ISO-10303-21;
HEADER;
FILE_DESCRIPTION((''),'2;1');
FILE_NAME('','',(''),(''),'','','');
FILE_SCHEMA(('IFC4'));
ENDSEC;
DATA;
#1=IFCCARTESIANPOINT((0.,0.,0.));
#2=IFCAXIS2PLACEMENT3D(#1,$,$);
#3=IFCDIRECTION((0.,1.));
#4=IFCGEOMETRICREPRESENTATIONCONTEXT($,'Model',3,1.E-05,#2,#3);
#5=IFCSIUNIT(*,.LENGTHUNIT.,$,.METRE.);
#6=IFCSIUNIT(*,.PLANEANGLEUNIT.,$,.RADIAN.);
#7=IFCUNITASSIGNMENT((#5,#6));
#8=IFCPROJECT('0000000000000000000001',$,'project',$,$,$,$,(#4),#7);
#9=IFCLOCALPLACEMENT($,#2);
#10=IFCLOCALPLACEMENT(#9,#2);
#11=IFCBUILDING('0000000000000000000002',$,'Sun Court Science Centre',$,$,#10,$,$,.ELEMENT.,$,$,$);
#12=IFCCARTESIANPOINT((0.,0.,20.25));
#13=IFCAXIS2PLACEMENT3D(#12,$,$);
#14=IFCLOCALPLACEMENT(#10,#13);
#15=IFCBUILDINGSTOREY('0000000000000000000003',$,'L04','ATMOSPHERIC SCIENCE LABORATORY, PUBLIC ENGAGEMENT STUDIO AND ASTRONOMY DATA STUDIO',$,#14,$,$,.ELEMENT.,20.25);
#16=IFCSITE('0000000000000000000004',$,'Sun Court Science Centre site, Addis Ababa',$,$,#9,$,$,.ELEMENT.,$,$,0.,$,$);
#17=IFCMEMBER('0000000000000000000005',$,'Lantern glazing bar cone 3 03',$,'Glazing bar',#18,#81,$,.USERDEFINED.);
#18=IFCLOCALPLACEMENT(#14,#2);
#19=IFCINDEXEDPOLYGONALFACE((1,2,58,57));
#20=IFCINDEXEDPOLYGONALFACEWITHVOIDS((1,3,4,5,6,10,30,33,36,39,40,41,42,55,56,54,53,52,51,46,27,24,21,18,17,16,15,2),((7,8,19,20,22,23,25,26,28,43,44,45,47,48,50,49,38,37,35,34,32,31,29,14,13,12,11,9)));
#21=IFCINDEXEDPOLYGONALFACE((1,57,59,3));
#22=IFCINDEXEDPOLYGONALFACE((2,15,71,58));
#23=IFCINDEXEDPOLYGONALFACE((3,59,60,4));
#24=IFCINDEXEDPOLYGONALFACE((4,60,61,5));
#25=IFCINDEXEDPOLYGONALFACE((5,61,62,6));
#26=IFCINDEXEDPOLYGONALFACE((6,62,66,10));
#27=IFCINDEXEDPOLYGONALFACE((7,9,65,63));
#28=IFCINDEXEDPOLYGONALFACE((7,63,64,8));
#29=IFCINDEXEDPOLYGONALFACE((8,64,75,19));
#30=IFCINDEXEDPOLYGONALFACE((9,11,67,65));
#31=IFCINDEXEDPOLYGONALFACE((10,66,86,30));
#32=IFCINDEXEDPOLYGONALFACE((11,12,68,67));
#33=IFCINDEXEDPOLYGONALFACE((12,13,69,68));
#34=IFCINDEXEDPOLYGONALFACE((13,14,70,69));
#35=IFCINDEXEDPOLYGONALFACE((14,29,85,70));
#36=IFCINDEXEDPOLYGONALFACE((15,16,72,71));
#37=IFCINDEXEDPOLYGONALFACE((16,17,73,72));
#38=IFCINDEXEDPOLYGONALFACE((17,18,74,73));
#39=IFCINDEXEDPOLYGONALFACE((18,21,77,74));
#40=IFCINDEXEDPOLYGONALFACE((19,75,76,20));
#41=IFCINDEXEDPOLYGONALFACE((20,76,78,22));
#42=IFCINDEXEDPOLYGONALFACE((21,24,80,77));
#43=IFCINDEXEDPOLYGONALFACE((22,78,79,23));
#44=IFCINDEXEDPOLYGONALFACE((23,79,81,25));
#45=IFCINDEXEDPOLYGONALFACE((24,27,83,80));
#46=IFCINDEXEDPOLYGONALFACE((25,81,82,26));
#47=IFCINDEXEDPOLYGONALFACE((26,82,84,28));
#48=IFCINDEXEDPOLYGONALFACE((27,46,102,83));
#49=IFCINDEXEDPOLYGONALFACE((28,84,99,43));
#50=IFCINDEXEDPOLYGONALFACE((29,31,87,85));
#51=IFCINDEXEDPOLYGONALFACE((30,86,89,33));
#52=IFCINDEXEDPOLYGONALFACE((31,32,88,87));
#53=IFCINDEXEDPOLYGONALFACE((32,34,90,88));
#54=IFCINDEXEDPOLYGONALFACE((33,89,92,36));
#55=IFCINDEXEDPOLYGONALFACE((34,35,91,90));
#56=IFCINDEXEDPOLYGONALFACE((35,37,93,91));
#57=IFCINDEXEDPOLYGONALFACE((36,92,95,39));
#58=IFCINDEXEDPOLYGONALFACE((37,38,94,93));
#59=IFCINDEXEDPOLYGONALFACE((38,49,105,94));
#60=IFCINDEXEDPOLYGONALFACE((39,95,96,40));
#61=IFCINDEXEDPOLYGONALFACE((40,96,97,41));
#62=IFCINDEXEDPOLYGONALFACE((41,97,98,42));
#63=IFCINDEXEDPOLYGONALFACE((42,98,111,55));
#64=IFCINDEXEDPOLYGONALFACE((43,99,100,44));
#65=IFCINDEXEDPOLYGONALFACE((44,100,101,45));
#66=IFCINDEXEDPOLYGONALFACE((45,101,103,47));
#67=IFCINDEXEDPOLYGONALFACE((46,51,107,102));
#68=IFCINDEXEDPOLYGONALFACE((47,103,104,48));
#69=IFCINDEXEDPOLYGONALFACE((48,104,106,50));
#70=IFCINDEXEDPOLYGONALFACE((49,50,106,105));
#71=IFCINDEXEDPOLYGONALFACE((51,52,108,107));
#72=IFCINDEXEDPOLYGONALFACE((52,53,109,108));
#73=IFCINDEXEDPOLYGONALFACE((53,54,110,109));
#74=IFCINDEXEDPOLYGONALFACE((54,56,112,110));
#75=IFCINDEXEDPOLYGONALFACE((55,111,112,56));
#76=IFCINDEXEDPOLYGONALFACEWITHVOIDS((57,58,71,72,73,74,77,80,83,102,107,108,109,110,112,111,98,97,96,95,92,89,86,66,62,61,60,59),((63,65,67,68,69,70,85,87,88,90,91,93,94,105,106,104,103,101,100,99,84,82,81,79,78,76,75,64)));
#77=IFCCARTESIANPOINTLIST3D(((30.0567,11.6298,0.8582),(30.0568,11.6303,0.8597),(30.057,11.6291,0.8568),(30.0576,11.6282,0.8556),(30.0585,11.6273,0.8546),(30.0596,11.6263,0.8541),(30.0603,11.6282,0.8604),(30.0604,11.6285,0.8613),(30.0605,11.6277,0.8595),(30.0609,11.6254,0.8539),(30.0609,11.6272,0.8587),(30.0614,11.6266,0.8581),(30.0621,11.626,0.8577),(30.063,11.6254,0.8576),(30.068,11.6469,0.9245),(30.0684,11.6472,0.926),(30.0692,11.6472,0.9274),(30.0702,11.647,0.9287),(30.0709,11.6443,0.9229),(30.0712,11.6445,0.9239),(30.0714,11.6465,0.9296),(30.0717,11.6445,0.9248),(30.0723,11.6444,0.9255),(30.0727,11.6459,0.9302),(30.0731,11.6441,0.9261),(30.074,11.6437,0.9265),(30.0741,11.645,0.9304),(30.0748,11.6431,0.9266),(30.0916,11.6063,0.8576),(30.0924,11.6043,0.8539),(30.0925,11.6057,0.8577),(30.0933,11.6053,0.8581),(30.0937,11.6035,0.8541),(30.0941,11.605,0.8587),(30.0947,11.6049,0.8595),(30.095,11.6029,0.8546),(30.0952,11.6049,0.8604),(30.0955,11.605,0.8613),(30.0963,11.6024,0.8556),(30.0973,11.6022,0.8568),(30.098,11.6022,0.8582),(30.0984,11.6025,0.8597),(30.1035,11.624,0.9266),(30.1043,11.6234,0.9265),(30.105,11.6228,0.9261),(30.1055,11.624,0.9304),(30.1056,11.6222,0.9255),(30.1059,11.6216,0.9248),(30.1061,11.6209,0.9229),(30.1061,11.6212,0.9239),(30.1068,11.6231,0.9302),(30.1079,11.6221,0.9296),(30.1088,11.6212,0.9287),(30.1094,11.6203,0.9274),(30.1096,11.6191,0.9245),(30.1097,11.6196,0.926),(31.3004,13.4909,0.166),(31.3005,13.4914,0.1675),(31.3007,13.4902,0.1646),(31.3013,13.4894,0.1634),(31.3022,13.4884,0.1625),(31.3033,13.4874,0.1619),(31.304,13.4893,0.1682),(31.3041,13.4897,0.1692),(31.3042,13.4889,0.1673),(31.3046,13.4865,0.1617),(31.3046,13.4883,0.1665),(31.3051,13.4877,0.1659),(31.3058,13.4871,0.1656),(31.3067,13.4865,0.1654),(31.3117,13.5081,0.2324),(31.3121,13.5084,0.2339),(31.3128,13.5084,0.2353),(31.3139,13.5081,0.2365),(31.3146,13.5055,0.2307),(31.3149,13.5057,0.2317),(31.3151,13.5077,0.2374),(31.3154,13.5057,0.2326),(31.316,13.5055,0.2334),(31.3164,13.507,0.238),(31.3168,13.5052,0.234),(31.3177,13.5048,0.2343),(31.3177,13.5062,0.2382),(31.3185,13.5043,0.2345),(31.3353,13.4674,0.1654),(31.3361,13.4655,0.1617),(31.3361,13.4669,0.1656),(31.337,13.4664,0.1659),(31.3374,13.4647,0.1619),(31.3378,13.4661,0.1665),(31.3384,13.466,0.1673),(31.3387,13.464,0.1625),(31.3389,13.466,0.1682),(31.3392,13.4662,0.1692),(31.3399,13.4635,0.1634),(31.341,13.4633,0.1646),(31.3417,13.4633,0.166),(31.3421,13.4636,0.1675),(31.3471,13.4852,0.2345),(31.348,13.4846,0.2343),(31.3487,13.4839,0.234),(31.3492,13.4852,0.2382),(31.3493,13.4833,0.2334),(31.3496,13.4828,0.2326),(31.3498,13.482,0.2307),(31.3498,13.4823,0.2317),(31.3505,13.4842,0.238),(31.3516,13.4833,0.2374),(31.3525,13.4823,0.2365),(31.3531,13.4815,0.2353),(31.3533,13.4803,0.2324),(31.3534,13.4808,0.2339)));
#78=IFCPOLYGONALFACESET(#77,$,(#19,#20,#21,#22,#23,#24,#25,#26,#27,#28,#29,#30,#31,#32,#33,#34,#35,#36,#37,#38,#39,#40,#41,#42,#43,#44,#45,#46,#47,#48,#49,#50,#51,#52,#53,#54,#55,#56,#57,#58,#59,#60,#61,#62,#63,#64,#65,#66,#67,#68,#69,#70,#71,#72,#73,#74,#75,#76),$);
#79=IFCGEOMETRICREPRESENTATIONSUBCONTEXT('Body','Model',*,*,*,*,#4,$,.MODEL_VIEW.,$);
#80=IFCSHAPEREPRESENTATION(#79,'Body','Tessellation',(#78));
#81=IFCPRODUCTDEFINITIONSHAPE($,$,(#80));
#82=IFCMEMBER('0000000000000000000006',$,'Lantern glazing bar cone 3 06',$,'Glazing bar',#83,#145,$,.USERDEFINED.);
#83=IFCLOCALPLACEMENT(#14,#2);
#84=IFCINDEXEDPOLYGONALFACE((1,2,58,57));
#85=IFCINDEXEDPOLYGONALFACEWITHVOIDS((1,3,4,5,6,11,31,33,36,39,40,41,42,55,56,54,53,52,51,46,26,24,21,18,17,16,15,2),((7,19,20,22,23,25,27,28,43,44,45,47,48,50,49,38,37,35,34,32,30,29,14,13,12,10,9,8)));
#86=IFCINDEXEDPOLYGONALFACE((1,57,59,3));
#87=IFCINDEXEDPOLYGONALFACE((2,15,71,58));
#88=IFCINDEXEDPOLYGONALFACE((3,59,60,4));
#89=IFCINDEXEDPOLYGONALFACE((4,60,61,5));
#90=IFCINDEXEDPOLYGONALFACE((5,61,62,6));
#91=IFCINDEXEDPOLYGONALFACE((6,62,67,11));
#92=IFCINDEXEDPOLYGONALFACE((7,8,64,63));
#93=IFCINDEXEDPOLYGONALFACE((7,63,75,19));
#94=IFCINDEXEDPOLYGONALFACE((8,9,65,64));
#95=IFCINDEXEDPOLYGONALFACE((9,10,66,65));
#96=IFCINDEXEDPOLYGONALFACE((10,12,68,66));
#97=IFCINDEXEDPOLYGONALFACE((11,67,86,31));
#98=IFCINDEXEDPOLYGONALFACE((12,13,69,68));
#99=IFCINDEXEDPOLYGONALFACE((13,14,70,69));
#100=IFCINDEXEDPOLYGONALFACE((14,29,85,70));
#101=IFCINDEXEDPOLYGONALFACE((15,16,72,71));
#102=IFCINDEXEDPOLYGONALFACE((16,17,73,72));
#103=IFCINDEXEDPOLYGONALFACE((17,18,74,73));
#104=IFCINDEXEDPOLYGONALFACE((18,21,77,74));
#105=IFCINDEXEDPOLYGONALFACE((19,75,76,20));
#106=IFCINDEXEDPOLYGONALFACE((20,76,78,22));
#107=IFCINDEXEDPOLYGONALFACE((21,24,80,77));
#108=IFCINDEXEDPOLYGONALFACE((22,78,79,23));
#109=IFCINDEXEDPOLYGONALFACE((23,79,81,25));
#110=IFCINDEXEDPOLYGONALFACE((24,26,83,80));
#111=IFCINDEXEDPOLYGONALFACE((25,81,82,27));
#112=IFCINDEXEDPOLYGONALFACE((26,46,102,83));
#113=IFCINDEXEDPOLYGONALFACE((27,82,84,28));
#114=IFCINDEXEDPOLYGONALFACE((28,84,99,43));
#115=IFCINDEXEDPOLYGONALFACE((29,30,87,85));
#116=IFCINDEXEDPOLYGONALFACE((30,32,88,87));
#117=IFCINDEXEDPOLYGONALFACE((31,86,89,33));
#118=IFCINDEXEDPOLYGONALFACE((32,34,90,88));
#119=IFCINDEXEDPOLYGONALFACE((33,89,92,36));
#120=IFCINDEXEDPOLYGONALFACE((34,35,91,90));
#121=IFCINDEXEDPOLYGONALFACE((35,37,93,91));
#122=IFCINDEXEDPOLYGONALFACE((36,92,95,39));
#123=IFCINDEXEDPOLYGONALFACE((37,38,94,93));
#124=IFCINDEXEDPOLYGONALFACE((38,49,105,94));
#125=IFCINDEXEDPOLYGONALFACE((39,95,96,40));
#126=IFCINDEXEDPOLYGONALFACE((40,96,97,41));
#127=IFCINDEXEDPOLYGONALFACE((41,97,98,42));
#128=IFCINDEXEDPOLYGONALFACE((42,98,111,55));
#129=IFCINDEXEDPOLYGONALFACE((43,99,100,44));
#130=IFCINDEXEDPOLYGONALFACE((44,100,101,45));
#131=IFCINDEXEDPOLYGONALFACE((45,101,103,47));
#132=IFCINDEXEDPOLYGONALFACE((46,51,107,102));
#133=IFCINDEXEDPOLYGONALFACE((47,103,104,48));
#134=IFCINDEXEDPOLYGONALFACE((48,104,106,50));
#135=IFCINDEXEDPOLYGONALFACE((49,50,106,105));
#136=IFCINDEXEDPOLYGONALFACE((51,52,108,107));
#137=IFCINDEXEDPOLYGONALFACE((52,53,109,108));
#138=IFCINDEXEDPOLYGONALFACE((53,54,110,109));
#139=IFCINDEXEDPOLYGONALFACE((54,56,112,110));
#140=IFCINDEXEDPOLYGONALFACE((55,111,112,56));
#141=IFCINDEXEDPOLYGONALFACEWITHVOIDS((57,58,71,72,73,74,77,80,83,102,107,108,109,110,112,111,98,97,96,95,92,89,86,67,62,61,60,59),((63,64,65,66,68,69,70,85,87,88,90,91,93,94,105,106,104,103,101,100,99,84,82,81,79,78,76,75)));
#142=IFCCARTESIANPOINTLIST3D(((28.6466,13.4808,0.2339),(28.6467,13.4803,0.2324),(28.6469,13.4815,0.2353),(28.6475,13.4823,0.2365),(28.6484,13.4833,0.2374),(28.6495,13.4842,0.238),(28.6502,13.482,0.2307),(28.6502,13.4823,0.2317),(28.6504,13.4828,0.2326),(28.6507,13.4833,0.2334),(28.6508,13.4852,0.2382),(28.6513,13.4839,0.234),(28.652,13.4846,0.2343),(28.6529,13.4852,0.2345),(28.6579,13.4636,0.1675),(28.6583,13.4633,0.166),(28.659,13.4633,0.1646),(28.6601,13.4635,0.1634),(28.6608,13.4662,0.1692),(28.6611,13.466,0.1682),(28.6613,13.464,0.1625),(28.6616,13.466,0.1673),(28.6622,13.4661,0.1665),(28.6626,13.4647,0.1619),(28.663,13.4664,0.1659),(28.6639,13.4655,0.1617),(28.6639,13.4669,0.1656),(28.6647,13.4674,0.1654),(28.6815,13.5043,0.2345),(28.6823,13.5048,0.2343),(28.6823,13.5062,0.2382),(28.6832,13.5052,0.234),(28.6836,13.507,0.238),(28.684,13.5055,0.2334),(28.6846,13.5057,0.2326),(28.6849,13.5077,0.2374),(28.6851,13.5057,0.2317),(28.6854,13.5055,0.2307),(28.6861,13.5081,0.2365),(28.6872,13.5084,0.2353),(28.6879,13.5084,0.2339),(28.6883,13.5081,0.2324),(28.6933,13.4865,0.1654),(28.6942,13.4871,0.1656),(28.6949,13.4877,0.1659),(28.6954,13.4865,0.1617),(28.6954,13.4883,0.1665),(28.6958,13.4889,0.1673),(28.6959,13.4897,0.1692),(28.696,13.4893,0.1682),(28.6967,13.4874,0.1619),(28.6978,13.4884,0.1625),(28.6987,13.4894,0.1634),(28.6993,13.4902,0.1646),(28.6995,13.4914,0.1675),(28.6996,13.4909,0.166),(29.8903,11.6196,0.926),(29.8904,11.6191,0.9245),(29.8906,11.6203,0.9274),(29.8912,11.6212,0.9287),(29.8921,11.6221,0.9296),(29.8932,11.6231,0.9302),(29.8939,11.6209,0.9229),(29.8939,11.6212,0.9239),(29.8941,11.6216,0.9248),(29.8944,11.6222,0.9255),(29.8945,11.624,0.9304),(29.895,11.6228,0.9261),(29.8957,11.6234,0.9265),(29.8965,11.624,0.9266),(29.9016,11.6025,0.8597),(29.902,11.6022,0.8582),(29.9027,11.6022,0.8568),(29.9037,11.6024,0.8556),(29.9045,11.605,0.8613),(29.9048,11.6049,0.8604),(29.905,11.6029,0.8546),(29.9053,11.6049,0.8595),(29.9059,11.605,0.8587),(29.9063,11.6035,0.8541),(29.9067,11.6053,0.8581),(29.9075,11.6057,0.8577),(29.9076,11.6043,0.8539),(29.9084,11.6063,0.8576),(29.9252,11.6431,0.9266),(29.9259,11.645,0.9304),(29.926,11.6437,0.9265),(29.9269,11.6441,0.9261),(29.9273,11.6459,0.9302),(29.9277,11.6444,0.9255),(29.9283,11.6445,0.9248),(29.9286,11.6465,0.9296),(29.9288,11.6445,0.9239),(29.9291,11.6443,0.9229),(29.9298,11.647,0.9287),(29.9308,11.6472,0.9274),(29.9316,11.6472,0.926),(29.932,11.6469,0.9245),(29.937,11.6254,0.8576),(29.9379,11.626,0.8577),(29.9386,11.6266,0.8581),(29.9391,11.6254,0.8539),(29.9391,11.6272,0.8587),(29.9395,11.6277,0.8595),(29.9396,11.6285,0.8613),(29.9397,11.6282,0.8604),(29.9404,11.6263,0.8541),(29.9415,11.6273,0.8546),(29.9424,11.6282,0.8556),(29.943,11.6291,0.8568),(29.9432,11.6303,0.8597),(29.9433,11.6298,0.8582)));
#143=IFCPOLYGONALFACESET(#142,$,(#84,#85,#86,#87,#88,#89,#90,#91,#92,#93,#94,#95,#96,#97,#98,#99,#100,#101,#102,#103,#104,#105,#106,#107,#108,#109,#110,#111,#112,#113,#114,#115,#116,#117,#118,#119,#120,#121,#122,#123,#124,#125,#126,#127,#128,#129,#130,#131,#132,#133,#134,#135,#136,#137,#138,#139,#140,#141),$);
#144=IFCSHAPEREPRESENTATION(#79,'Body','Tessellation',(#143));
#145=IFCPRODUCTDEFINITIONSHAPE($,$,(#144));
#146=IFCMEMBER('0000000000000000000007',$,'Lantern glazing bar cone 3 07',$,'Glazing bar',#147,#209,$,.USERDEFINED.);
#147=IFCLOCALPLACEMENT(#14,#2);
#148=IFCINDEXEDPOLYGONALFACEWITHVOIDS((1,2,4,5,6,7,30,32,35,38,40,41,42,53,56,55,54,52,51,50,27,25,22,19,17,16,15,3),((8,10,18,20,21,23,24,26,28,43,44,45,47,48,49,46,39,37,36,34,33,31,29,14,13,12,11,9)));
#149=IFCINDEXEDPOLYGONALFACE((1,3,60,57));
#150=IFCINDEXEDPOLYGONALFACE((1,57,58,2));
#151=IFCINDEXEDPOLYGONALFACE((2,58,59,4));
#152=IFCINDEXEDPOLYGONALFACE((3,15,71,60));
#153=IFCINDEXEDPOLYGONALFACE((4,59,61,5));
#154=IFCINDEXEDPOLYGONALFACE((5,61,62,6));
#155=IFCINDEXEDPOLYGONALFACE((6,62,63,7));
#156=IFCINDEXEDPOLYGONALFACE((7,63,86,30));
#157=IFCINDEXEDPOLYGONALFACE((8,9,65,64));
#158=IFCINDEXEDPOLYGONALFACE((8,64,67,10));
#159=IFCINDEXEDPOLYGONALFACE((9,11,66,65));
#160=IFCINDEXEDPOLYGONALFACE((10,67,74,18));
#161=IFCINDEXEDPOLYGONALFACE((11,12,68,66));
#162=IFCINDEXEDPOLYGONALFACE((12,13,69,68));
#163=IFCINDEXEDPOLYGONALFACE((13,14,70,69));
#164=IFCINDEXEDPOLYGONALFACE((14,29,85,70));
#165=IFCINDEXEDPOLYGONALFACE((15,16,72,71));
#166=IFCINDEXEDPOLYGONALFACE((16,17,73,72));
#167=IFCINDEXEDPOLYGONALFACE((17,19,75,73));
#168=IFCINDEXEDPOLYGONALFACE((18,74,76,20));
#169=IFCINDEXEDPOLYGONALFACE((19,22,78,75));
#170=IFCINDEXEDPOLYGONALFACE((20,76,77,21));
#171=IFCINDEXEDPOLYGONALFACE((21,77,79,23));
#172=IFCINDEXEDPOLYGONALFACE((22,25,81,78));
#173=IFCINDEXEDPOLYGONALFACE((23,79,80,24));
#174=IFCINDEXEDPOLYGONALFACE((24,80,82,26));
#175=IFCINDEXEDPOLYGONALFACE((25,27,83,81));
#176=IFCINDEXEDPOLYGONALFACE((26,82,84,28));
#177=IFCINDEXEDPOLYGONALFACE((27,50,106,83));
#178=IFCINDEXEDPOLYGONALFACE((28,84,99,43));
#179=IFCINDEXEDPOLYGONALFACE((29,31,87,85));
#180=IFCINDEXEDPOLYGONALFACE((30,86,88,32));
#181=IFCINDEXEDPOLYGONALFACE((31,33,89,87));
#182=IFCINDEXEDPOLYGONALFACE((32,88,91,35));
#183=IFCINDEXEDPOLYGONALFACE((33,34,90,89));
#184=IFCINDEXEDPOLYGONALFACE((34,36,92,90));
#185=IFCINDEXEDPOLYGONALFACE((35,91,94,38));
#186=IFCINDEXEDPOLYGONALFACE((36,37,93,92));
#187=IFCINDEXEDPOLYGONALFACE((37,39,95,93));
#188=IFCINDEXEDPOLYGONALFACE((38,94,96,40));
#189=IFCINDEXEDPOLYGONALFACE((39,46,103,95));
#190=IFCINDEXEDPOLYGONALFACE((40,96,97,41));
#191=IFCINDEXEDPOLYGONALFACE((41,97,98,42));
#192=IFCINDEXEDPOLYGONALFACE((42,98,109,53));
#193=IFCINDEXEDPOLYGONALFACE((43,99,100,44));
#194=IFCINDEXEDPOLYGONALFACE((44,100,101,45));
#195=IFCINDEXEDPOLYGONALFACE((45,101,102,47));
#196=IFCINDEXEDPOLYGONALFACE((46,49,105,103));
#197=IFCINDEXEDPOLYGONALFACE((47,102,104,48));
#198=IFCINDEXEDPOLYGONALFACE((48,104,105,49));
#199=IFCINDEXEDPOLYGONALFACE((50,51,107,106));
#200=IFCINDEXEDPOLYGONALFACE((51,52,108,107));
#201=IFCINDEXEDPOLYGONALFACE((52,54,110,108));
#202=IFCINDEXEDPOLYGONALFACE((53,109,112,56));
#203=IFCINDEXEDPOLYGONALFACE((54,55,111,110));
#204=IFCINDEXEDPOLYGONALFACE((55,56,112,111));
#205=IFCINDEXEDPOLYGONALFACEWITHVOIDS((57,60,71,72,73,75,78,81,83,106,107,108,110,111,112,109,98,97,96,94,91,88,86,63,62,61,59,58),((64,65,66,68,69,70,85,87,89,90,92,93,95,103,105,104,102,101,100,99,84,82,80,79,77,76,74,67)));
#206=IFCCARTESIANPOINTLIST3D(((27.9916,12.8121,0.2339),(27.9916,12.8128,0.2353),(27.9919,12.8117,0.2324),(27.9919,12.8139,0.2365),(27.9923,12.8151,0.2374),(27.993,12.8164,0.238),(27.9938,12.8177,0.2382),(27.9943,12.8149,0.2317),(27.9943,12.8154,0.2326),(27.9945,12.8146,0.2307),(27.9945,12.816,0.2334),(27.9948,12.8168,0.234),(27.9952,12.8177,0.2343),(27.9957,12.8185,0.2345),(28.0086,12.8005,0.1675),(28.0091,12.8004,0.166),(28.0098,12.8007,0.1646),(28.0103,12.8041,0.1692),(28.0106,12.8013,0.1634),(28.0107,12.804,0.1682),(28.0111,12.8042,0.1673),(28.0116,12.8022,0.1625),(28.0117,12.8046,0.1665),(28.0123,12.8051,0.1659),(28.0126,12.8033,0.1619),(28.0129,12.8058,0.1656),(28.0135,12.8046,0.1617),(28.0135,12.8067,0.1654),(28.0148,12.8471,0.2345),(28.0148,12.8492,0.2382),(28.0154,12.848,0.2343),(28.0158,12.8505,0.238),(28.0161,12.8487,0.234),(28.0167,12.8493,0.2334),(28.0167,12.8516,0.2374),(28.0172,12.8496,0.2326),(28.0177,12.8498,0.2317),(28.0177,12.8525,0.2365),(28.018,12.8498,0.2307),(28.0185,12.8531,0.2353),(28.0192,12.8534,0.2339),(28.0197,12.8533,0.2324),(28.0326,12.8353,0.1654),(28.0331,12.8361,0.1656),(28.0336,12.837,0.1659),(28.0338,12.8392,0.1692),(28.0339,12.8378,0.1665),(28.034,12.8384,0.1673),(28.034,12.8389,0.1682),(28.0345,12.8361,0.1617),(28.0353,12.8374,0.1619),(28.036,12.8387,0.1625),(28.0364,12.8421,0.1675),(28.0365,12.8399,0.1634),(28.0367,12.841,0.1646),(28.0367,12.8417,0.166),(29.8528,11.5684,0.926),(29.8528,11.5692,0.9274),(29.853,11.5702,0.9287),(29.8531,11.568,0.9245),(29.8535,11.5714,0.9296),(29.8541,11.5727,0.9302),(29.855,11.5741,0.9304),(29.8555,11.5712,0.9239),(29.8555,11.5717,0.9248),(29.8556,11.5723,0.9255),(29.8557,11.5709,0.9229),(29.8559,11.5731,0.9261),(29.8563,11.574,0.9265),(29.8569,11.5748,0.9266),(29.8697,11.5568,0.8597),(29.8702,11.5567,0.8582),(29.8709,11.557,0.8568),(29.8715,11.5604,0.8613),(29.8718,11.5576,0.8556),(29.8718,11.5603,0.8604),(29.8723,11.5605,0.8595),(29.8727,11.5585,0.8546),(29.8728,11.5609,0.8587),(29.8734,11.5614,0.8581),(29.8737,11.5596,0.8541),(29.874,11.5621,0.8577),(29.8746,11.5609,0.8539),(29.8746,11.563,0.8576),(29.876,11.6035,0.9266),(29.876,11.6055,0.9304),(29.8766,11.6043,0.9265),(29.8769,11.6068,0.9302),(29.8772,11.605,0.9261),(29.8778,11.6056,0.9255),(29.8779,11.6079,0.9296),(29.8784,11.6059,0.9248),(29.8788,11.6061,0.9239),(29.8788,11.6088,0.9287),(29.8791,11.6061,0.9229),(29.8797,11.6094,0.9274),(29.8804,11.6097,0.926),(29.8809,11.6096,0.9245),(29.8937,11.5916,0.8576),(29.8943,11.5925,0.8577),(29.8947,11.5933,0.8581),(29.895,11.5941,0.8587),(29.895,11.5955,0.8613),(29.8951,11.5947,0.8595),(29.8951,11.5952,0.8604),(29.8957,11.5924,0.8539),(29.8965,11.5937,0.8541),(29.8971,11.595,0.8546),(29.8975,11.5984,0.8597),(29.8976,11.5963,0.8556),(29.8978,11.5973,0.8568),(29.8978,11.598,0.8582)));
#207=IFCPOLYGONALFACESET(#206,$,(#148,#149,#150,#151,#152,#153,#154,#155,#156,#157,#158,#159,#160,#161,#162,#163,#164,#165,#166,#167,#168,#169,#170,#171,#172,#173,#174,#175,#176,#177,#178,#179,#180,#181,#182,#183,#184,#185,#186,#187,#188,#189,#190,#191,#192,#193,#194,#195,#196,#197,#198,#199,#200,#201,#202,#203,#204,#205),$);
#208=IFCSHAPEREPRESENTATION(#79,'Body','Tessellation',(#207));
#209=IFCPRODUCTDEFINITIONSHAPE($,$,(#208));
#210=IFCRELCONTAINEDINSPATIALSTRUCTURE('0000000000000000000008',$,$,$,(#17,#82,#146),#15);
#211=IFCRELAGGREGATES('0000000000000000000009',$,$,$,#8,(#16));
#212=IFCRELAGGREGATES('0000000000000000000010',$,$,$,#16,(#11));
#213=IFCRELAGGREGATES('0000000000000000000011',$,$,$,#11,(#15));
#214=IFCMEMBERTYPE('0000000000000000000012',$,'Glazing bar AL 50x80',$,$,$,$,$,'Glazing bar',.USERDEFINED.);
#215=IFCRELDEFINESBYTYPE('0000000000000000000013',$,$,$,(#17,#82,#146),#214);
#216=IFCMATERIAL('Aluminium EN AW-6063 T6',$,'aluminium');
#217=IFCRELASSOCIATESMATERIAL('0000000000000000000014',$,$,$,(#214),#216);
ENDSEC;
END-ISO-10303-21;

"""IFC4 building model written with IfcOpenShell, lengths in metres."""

from ifc_helpers import new_model, si_unit, direction, frame, origin, origin_2d, place, context, subcontext, project, spatial, hollow_rectangle, extrude, material, material_profile, profile_set, type_object, element, save


model = new_model("IFC4")

# Units and contexts
model_context = context("Model", 3, precision=1e-05, world=origin(), true_north=direction((0.0, 1.0)))
body_context = subcontext(model_context, "Body", "Model", "MODEL_VIEW")
ifc_project = project(units=[si_unit("LENGTHUNIT", "METRE"), si_unit("PLANEANGLEUNIT", "RADIAN")], contexts=[model_context])

# Site, building, storey
site_placement = place(None, origin())
site = spatial("IfcSite", under=ifc_project, at=site_placement, Name="Sun Court Science Centre site, Addis Ababa", CompositionType="ELEMENT", RefElevation=0.0)
building_placement = place(site_placement, origin())
building = spatial("IfcBuilding", under=site, at=building_placement, Name="Sun Court Science Centre", CompositionType="ELEMENT")
storey_placement = place(building_placement, frame((0.0, 0.0, 20.25)))
storey = spatial("IfcBuildingStorey", under=building, at=storey_placement, Name="L04", Description="ATMOSPHERIC SCIENCE LABORATORY, PUBLIC ENGAGEMENT STUDIO AND ASTRONOMY DATA STUDIO", CompositionType="ELEMENT", Elevation=20.25)

# Members
ifc_material_1 = material(Name="Aluminium EN AW-6063 T6", Category="aluminium")
ifc_material_profile_1 = material_profile(ifc_material_1, hollow_rectangle(XDim=0.05, YDim=0.0801, WallThickness=0.0039, InnerFilletRadius=0.0039, OuterFilletRadius=0.0061, at=origin_2d()), Name="AL 50x80x4")
ifc_profile_set_1 = profile_set([ifc_material_profile_1], Name="Aluminium EN AW-6063 T6")
member_type_1 = type_object("IfcMemberType", Name="Glazing bar AL 50x80", ElementType="Glazing bar", PredefinedType="USERDEFINED", material=ifc_profile_set_1)
for number, where, z_axis, x_axis, name in (
    (1, (31.3269, 13.4858, 0.2), (-0.530809, -0.794338, 0.295415), (0.831446, -0.555606, 0.0), "Lantern glazing bar cone 3 03"),
    (2, (28.6731, 13.4858, 0.2), (0.530809, -0.794338, 0.295415), (0.831446, 0.555606, 0.0), "Lantern glazing bar cone 3 06"),
    (3, (28.0142, 12.8269, 0.2), (0.794338, -0.530809, 0.295415), (0.555606, 0.831446, 0.0), "Lantern glazing bar cone 3 07"),
):
    element("IfcMember", number, at=place(storey_placement, frame(where, z_axis=z_axis, x_axis=x_axis)), inside=storey, type_object=member_type_1, Name=name, ObjectType="Glazing bar", PredefinedType="USERDEFINED", context=body_context, shape_type="SweptSolid", body=[
        extrude(hollow_rectangle(XDim=0.05, YDim=0.0801, WallThickness=0.0039, InnerFilletRadius=0.0039, OuterFilletRadius=0.0061, at=origin_2d()), origin(), (0.0, 0.0, 1.0), 2.343),
    ])

save(model, "model.ifc")
